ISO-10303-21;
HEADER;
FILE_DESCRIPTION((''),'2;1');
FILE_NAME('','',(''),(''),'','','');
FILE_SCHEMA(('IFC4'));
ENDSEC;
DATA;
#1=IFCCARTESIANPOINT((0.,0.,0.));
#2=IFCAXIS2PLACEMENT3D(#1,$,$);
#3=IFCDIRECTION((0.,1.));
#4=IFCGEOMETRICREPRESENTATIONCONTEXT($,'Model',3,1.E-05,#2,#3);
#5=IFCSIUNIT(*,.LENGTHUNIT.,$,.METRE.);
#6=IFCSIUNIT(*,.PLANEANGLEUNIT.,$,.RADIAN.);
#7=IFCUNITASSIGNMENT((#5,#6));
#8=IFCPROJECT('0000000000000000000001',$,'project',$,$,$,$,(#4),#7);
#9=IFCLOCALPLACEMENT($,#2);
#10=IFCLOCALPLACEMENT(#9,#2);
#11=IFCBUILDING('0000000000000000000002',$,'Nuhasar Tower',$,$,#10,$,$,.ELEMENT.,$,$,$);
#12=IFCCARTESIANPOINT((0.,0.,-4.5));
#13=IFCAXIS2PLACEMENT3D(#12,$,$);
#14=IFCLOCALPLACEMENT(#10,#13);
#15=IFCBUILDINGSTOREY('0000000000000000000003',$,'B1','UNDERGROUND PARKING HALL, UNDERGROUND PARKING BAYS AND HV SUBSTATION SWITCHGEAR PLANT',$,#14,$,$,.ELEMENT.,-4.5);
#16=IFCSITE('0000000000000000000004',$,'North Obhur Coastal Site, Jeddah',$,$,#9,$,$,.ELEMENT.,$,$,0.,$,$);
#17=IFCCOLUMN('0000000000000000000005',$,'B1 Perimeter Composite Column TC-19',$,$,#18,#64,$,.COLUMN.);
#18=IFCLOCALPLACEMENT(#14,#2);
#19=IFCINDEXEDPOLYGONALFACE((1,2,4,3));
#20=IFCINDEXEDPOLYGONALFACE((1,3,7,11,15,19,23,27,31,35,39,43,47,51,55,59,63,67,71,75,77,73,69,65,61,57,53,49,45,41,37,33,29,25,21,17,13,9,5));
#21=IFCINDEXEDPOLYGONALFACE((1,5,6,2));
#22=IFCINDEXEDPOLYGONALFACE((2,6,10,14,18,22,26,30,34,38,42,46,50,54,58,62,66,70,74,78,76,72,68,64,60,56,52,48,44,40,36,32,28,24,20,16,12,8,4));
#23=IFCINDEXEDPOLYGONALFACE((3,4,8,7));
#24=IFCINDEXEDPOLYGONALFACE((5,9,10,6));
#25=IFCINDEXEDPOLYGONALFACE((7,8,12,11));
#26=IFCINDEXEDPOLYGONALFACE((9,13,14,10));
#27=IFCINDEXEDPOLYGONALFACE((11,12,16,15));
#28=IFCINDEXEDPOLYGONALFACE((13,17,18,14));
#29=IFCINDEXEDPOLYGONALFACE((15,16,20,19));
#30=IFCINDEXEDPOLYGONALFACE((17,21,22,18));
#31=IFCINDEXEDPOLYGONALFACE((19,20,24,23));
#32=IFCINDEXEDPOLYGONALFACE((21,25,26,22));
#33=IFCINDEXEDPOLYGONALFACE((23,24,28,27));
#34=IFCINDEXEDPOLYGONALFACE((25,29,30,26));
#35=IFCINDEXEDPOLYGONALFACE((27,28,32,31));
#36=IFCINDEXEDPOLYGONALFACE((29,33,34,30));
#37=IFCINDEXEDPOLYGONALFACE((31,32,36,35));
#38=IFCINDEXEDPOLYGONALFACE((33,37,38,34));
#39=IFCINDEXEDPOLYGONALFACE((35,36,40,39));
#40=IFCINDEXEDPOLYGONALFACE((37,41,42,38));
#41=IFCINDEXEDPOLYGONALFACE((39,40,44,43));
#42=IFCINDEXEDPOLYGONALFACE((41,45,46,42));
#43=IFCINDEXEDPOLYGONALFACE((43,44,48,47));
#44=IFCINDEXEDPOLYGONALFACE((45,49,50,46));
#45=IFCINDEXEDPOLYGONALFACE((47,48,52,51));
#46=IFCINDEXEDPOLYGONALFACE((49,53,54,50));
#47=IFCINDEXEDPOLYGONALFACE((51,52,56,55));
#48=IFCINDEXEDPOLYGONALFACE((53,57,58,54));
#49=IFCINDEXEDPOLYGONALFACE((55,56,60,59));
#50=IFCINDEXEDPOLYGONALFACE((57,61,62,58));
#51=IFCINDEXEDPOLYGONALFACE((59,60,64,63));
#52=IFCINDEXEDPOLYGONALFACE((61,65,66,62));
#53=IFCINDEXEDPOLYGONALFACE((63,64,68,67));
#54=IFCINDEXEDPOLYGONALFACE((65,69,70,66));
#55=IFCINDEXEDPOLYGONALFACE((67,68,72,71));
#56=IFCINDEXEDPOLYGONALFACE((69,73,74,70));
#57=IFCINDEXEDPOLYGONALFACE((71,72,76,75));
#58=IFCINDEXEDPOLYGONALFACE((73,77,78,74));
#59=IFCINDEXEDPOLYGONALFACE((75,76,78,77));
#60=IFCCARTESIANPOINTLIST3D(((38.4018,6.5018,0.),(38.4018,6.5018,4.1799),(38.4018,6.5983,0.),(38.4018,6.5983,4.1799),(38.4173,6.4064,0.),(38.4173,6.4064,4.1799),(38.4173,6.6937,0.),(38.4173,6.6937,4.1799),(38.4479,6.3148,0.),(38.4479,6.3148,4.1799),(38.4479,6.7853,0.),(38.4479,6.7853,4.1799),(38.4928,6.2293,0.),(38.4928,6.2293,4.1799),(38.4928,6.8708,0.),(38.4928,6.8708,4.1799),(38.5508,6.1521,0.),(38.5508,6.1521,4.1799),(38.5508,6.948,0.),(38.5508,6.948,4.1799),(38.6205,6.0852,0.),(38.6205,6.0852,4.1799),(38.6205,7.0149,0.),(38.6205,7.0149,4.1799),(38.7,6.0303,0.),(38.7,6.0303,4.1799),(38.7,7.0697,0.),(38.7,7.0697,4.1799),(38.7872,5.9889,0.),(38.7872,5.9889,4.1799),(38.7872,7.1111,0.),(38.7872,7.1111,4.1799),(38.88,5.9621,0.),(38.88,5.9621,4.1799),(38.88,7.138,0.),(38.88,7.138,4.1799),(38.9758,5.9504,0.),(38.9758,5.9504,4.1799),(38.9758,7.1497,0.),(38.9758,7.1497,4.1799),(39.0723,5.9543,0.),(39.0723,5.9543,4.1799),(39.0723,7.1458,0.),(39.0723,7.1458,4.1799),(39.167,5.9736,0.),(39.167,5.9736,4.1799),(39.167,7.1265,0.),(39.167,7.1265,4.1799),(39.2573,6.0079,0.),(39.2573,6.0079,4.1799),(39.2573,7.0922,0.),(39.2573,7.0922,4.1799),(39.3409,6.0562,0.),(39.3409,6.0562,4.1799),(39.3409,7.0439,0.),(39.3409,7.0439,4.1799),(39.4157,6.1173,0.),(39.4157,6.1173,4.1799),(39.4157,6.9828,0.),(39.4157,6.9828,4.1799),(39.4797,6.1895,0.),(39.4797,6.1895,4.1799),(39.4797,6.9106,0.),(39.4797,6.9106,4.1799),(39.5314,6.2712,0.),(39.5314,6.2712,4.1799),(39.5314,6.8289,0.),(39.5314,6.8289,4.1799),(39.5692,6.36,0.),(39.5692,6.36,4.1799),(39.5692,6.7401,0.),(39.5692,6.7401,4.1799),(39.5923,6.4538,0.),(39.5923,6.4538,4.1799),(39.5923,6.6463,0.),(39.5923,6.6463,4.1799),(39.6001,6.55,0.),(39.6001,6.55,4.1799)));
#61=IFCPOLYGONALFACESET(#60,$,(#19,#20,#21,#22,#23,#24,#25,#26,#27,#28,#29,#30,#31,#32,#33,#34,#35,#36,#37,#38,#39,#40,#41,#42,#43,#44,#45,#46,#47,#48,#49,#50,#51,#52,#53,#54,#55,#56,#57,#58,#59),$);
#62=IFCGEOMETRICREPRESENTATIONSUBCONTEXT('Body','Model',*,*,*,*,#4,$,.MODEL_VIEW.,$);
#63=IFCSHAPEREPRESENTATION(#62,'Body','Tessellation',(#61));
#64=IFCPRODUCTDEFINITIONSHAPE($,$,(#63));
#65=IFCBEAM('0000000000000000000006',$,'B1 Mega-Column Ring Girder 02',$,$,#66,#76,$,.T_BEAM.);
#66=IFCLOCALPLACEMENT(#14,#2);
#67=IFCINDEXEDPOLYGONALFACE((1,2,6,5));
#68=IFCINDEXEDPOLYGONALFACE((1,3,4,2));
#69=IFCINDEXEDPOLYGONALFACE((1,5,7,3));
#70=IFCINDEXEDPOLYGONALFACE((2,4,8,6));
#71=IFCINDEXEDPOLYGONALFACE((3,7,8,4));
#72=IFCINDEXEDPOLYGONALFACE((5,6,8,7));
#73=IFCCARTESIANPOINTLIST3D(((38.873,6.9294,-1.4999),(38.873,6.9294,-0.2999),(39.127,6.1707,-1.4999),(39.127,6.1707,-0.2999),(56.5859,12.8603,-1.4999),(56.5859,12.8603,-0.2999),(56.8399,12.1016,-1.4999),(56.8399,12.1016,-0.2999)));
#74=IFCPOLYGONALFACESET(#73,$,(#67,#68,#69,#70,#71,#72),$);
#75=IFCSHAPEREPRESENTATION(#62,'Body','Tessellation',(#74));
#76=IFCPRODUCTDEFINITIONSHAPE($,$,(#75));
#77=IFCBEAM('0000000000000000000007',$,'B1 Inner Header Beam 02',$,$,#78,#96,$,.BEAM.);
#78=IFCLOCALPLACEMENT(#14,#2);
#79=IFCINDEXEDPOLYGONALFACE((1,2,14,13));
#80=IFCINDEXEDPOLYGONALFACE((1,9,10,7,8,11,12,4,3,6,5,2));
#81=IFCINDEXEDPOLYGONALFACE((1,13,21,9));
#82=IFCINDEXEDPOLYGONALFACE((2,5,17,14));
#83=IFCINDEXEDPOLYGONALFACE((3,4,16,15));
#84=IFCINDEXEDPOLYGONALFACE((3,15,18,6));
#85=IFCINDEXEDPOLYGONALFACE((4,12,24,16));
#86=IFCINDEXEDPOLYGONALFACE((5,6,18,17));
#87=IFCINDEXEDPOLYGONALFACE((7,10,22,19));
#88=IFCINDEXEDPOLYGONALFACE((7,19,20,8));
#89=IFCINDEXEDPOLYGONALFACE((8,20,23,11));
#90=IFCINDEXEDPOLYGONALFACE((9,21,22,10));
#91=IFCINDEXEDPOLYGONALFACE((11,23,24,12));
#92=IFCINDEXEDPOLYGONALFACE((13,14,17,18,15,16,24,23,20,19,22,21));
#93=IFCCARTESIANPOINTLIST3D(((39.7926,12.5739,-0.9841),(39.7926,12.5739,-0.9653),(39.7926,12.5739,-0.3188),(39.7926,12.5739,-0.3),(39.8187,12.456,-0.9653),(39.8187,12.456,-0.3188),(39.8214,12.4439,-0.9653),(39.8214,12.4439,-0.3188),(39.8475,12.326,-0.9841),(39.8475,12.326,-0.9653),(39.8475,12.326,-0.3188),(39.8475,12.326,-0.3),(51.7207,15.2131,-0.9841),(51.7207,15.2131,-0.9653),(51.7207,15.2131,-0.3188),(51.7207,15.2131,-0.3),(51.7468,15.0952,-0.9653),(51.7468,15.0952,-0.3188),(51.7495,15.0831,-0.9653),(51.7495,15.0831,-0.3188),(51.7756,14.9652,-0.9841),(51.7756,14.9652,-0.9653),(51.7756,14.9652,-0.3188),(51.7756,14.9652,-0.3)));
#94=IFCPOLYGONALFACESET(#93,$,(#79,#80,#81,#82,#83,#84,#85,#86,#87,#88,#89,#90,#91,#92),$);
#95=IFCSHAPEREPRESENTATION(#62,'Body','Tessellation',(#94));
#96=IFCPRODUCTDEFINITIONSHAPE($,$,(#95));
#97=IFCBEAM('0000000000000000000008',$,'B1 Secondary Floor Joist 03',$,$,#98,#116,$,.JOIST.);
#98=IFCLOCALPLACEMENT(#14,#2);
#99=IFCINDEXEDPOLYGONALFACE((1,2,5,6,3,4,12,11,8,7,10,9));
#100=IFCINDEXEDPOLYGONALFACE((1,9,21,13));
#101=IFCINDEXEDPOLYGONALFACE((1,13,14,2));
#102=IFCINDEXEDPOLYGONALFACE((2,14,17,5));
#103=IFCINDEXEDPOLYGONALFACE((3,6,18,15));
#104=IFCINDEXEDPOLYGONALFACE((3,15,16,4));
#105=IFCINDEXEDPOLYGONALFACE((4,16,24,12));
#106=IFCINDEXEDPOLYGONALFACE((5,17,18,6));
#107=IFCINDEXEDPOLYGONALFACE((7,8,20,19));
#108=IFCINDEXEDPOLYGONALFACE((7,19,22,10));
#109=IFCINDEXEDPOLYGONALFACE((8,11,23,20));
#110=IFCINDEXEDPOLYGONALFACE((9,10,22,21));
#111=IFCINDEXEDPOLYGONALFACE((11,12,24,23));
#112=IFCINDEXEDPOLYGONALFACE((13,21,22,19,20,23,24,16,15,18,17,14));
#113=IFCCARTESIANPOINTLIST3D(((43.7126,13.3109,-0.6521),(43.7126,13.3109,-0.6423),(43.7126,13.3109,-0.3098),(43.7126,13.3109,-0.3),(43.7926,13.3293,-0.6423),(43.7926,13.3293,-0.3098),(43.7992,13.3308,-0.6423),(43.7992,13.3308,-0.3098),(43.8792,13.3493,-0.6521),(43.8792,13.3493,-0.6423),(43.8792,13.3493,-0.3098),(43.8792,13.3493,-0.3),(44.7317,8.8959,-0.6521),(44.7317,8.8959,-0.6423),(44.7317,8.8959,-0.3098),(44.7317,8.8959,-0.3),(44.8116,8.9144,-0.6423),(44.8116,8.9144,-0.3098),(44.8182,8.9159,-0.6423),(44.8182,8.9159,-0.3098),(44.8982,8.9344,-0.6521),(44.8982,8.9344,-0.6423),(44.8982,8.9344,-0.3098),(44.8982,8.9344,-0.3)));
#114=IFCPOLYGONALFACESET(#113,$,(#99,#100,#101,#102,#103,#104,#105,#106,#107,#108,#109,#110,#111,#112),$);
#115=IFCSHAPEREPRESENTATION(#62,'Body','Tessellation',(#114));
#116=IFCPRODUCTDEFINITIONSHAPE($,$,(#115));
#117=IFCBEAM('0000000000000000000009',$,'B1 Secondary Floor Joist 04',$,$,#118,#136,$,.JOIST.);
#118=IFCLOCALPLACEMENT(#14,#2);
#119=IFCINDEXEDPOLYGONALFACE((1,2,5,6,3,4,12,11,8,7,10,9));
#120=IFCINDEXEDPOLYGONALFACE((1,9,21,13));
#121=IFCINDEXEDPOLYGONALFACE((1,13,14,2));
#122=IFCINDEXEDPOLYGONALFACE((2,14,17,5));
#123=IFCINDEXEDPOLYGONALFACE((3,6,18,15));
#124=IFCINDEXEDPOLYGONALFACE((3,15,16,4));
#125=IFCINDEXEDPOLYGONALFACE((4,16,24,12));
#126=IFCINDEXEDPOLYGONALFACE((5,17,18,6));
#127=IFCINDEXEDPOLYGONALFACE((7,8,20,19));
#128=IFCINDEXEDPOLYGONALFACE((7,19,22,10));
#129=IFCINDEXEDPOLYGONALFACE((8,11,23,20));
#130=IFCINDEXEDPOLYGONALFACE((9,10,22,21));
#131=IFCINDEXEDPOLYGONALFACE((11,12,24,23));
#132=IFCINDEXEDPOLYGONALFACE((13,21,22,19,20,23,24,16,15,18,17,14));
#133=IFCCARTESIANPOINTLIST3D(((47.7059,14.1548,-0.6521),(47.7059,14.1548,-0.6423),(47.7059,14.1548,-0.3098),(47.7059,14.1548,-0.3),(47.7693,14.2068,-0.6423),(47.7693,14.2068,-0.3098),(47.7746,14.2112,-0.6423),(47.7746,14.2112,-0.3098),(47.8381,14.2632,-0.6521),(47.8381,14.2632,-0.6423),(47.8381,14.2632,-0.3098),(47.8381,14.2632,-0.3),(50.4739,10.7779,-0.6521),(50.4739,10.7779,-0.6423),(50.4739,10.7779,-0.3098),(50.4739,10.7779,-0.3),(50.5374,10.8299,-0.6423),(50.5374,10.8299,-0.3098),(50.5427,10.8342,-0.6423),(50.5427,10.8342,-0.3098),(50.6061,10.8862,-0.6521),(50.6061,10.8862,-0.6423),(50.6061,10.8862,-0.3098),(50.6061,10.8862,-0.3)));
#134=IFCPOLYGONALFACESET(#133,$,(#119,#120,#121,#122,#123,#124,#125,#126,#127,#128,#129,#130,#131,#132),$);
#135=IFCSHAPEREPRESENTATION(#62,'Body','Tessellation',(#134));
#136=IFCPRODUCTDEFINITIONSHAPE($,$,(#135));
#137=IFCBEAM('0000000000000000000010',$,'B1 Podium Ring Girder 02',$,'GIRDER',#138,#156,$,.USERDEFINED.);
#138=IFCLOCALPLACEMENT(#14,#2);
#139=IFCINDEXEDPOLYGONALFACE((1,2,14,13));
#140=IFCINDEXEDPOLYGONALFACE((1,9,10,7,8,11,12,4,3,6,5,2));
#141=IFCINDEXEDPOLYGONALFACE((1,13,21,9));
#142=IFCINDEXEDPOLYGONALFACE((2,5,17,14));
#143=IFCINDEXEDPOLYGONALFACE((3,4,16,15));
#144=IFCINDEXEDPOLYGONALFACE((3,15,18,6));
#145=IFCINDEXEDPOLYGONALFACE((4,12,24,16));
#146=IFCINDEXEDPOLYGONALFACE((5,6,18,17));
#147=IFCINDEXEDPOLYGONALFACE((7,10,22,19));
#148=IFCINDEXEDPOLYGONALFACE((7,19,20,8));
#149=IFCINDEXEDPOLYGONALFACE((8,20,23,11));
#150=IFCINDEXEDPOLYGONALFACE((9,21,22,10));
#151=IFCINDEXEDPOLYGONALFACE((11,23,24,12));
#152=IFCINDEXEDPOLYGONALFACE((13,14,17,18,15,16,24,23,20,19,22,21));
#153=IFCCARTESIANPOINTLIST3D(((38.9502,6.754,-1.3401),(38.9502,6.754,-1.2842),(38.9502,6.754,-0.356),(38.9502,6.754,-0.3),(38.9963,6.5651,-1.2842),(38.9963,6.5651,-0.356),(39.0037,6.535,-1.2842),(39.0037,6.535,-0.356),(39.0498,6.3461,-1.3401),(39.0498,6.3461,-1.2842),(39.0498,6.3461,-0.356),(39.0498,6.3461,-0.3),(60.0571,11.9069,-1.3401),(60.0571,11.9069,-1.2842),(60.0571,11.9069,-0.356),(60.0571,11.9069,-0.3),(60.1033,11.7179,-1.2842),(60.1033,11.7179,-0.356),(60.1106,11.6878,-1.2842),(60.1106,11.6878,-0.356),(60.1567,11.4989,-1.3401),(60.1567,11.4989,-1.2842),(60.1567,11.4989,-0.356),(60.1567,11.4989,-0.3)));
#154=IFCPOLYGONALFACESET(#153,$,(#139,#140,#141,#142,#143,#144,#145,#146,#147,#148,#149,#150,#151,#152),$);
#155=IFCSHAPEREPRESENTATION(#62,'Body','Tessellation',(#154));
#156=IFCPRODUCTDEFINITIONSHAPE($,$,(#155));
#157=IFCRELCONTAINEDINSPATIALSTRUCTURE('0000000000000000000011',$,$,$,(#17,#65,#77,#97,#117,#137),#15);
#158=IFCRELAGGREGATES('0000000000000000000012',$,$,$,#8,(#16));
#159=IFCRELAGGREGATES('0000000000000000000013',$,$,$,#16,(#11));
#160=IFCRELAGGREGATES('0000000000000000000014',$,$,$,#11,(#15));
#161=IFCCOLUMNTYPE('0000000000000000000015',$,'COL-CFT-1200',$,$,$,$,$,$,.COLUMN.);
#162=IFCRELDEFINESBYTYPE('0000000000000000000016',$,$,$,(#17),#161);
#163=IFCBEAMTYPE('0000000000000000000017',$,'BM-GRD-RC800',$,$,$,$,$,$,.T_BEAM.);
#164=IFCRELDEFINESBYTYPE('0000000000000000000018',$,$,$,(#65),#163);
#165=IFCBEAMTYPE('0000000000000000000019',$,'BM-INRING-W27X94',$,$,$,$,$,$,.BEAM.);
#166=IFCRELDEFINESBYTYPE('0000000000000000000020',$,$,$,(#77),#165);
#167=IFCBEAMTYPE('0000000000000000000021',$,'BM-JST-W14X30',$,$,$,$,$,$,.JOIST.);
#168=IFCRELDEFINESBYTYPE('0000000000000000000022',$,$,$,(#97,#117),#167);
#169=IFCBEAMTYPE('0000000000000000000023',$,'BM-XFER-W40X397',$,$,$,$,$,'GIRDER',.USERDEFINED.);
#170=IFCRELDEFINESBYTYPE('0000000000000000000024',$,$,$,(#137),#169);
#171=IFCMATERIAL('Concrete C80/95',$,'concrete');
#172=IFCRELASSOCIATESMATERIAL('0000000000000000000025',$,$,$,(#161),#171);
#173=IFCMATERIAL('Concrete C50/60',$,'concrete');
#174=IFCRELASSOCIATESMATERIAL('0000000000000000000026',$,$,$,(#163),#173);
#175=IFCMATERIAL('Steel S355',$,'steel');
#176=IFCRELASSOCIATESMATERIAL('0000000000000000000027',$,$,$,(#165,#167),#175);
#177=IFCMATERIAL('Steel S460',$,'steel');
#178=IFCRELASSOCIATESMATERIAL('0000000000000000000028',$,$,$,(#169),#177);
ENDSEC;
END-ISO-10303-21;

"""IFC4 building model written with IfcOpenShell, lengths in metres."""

from ifc_helpers import new_model, si_unit, direction, frame, origin, origin_2d, place, context, subcontext, project, spatial, rectangle, circle, i_section, extrude, material, material_profile, profile_set, type_object, element, save


model = new_model("IFC4")

# Units and contexts
model_context = context("Model", 3, precision=1e-05, world=origin(), true_north=direction((0.0, 1.0)))
body_context = subcontext(model_context, "Body", "Model", "MODEL_VIEW")
ifc_project = project(units=[si_unit("LENGTHUNIT", "METRE"), si_unit("PLANEANGLEUNIT", "RADIAN")], contexts=[model_context])

# Site, building, storey
site_placement = place(None, origin())
site = spatial("IfcSite", under=ifc_project, at=site_placement, Name="North Obhur Coastal Site, Jeddah", CompositionType="ELEMENT", RefElevation=0.0)
building_placement = place(site_placement, origin())
building = spatial("IfcBuilding", under=site, at=building_placement, Name="Nuhasar Tower", CompositionType="ELEMENT")
storey_placement = place(building_placement, frame((0.0, 0.0, -4.5)))
storey = spatial("IfcBuildingStorey", under=building, at=storey_placement, Name="B1", Description="UNDERGROUND PARKING HALL, UNDERGROUND PARKING BAYS AND HV SUBSTATION SWITCHGEAR PLANT", CompositionType="ELEMENT", Elevation=-4.5)

# Column
ifc_material_1 = material(Name="Concrete C80/95", Category="concrete")
ifc_material_profile_1 = material_profile(ifc_material_1, circle(Radius=0.6001, at=origin_2d()), Name="CFT1200")
ifc_profile_set_1 = profile_set([ifc_material_profile_1], Name="Concrete C80/95")
column_type = type_object("IfcColumnType", Name="COL-CFT-1200", PredefinedType="COLUMN", material=ifc_profile_set_1)
column_placement = place(storey_placement, frame((39.0, 6.55, 0.0), z_axis=(0.0, 0.0, 1.0), x_axis=(1.0, 0.0, 0.0)))
element("IfcColumn", 1, at=column_placement, inside=storey, type_object=column_type, Name="B1 Perimeter Composite Column TC-19", PredefinedType="COLUMN", context=body_context, shape_type="SweptSolid", body=[
    extrude(circle(Radius=0.6001, at=origin_2d()), origin(), (0.0, 0.0, 1.0), 4.1799),
])

# Beams
ifc_material_2 = material(Name="Concrete C50/60", Category="concrete")
ifc_material_profile_2 = material_profile(ifc_material_2, rectangle(XDim=0.8, YDim=1.2, at=origin_2d()), Name="RC800X1200")
ifc_profile_set_2 = profile_set([ifc_material_profile_2], Name="Concrete C50/60")
beam_type_1 = type_object("IfcBeamType", Name="BM-GRD-RC800", PredefinedType="T_BEAM", material=ifc_profile_set_2)
beam_1_placement = place(storey_placement, frame((39.0, 6.55, -0.8999), z_axis=(0.948255, 0.31751, 0.0), x_axis=(-0.31751, 0.948255, 0.0)))
element("IfcBeam", 2, at=beam_1_placement, inside=storey, type_object=beam_type_1, Name="B1 Mega-Column Ring Girder 02", PredefinedType="T_BEAM", context=body_context, shape_type="SweptSolid", body=[
    extrude(rectangle(XDim=0.8, YDim=1.2, at=origin_2d()), origin(), (0.0, 0.0, 1.0), 18.6794),
])
ifc_material_3 = material(Name="Steel S355", Category="steel")
ifc_material_profile_3 = material_profile(ifc_material_3, i_section(OverallWidth=0.2539, OverallDepth=0.6841, WebThickness=0.0125, FlangeThickness=0.0188, at=origin_2d()), Name="W27X94")
ifc_profile_set_3 = profile_set([ifc_material_profile_3], Name="Steel S355")
beam_type_2 = type_object("IfcBeamType", Name="BM-INRING-W27X94", PredefinedType="BEAM", material=ifc_profile_set_3)
beam_2_placement = place(storey_placement, frame((39.8201, 12.45, -0.6421), z_axis=(0.976386, 0.216033, 0.0), x_axis=(-0.216033, 0.976386, 0.0)))
element("IfcBeam", 3, at=beam_2_placement, inside=storey, type_object=beam_type_2, Name="B1 Inner Header Beam 02", PredefinedType="BEAM", context=body_context, shape_type="SweptSolid", body=[
    extrude(i_section(OverallWidth=0.2539, OverallDepth=0.6841, WebThickness=0.0125, FlangeThickness=0.0188, at=origin_2d()), origin(), (0.0, 0.0, 1.0), 12.2166),
])
ifc_material_profile_4 = material_profile(ifc_material_3, i_section(OverallWidth=0.1709, OverallDepth=0.3521, WebThickness=0.0068, FlangeThickness=0.0098, at=origin_2d()), Name="W14X30")
ifc_profile_set_4 = profile_set([ifc_material_profile_4], Name="Steel S355")
beam_type_3 = type_object("IfcBeamType", Name="BM-JST-W14X30", PredefinedType="JOIST", material=ifc_profile_set_4)
beam_3_placement = place(storey_placement, frame((43.7959, 13.3301, -0.4761), z_axis=(0.224899, -0.974382, 0.0), x_axis=(0.974382, 0.224899, 0.0)))
element("IfcBeam", 4, at=beam_3_placement, inside=storey, type_object=beam_type_3, Name="B1 Secondary Floor Joist 03", PredefinedType="JOIST", context=body_context, shape_type="SweptSolid", body=[
    extrude(i_section(OverallWidth=0.1709, OverallDepth=0.3521, WebThickness=0.0068, FlangeThickness=0.0098, at=origin_2d()), origin(), (0.0, 0.0, 1.0), 4.531),
])
beam_4_placement = place(storey_placement, frame((47.772, 14.209, -0.4761), z_axis=(0.633938, -0.773384, 0.0), x_axis=(0.773384, 0.633938, 0.0)))
element("IfcBeam", 5, at=beam_4_placement, inside=storey, type_object=beam_type_3, Name="B1 Secondary Floor Joist 04", PredefinedType="JOIST", context=body_context, shape_type="SweptSolid", body=[
    extrude(i_section(OverallWidth=0.1709, OverallDepth=0.3521, WebThickness=0.0068, FlangeThickness=0.0098, at=origin_2d()), origin(), (0.0, 0.0, 1.0), 4.3665),
])
ifc_material_4 = material(Name="Steel S460", Category="steel")
ifc_material_profile_5 = material_profile(ifc_material_4, i_section(OverallWidth=0.4199, OverallDepth=1.04, WebThickness=0.031, FlangeThickness=0.0559, at=origin_2d()), Name="W40X397")
ifc_profile_set_5 = profile_set([ifc_material_profile_5], Name="Steel S460")
beam_type_4 = type_object("IfcBeamType", Name="BM-XFER-W40X397", ElementType="GIRDER", PredefinedType="USERDEFINED", material=ifc_profile_set_5)
beam_5_placement = place(storey_placement, frame((39.0, 6.55, -0.8201), z_axis=(0.971469, 0.237165, 0.0), x_axis=(-0.237165, 0.971469, 0.0)))
element("IfcBeam", 6, at=beam_5_placement, inside=storey, type_object=beam_type_4, Name="B1 Podium Ring Girder 02", ObjectType="GIRDER", PredefinedType="USERDEFINED", context=body_context, shape_type="SweptSolid", body=[
    extrude(i_section(OverallWidth=0.4199, OverallDepth=1.04, WebThickness=0.031, FlangeThickness=0.0559, at=origin_2d()), origin(), (0.0, 0.0, 1.0), 21.7268),
])

save(model, "model.ifc")
